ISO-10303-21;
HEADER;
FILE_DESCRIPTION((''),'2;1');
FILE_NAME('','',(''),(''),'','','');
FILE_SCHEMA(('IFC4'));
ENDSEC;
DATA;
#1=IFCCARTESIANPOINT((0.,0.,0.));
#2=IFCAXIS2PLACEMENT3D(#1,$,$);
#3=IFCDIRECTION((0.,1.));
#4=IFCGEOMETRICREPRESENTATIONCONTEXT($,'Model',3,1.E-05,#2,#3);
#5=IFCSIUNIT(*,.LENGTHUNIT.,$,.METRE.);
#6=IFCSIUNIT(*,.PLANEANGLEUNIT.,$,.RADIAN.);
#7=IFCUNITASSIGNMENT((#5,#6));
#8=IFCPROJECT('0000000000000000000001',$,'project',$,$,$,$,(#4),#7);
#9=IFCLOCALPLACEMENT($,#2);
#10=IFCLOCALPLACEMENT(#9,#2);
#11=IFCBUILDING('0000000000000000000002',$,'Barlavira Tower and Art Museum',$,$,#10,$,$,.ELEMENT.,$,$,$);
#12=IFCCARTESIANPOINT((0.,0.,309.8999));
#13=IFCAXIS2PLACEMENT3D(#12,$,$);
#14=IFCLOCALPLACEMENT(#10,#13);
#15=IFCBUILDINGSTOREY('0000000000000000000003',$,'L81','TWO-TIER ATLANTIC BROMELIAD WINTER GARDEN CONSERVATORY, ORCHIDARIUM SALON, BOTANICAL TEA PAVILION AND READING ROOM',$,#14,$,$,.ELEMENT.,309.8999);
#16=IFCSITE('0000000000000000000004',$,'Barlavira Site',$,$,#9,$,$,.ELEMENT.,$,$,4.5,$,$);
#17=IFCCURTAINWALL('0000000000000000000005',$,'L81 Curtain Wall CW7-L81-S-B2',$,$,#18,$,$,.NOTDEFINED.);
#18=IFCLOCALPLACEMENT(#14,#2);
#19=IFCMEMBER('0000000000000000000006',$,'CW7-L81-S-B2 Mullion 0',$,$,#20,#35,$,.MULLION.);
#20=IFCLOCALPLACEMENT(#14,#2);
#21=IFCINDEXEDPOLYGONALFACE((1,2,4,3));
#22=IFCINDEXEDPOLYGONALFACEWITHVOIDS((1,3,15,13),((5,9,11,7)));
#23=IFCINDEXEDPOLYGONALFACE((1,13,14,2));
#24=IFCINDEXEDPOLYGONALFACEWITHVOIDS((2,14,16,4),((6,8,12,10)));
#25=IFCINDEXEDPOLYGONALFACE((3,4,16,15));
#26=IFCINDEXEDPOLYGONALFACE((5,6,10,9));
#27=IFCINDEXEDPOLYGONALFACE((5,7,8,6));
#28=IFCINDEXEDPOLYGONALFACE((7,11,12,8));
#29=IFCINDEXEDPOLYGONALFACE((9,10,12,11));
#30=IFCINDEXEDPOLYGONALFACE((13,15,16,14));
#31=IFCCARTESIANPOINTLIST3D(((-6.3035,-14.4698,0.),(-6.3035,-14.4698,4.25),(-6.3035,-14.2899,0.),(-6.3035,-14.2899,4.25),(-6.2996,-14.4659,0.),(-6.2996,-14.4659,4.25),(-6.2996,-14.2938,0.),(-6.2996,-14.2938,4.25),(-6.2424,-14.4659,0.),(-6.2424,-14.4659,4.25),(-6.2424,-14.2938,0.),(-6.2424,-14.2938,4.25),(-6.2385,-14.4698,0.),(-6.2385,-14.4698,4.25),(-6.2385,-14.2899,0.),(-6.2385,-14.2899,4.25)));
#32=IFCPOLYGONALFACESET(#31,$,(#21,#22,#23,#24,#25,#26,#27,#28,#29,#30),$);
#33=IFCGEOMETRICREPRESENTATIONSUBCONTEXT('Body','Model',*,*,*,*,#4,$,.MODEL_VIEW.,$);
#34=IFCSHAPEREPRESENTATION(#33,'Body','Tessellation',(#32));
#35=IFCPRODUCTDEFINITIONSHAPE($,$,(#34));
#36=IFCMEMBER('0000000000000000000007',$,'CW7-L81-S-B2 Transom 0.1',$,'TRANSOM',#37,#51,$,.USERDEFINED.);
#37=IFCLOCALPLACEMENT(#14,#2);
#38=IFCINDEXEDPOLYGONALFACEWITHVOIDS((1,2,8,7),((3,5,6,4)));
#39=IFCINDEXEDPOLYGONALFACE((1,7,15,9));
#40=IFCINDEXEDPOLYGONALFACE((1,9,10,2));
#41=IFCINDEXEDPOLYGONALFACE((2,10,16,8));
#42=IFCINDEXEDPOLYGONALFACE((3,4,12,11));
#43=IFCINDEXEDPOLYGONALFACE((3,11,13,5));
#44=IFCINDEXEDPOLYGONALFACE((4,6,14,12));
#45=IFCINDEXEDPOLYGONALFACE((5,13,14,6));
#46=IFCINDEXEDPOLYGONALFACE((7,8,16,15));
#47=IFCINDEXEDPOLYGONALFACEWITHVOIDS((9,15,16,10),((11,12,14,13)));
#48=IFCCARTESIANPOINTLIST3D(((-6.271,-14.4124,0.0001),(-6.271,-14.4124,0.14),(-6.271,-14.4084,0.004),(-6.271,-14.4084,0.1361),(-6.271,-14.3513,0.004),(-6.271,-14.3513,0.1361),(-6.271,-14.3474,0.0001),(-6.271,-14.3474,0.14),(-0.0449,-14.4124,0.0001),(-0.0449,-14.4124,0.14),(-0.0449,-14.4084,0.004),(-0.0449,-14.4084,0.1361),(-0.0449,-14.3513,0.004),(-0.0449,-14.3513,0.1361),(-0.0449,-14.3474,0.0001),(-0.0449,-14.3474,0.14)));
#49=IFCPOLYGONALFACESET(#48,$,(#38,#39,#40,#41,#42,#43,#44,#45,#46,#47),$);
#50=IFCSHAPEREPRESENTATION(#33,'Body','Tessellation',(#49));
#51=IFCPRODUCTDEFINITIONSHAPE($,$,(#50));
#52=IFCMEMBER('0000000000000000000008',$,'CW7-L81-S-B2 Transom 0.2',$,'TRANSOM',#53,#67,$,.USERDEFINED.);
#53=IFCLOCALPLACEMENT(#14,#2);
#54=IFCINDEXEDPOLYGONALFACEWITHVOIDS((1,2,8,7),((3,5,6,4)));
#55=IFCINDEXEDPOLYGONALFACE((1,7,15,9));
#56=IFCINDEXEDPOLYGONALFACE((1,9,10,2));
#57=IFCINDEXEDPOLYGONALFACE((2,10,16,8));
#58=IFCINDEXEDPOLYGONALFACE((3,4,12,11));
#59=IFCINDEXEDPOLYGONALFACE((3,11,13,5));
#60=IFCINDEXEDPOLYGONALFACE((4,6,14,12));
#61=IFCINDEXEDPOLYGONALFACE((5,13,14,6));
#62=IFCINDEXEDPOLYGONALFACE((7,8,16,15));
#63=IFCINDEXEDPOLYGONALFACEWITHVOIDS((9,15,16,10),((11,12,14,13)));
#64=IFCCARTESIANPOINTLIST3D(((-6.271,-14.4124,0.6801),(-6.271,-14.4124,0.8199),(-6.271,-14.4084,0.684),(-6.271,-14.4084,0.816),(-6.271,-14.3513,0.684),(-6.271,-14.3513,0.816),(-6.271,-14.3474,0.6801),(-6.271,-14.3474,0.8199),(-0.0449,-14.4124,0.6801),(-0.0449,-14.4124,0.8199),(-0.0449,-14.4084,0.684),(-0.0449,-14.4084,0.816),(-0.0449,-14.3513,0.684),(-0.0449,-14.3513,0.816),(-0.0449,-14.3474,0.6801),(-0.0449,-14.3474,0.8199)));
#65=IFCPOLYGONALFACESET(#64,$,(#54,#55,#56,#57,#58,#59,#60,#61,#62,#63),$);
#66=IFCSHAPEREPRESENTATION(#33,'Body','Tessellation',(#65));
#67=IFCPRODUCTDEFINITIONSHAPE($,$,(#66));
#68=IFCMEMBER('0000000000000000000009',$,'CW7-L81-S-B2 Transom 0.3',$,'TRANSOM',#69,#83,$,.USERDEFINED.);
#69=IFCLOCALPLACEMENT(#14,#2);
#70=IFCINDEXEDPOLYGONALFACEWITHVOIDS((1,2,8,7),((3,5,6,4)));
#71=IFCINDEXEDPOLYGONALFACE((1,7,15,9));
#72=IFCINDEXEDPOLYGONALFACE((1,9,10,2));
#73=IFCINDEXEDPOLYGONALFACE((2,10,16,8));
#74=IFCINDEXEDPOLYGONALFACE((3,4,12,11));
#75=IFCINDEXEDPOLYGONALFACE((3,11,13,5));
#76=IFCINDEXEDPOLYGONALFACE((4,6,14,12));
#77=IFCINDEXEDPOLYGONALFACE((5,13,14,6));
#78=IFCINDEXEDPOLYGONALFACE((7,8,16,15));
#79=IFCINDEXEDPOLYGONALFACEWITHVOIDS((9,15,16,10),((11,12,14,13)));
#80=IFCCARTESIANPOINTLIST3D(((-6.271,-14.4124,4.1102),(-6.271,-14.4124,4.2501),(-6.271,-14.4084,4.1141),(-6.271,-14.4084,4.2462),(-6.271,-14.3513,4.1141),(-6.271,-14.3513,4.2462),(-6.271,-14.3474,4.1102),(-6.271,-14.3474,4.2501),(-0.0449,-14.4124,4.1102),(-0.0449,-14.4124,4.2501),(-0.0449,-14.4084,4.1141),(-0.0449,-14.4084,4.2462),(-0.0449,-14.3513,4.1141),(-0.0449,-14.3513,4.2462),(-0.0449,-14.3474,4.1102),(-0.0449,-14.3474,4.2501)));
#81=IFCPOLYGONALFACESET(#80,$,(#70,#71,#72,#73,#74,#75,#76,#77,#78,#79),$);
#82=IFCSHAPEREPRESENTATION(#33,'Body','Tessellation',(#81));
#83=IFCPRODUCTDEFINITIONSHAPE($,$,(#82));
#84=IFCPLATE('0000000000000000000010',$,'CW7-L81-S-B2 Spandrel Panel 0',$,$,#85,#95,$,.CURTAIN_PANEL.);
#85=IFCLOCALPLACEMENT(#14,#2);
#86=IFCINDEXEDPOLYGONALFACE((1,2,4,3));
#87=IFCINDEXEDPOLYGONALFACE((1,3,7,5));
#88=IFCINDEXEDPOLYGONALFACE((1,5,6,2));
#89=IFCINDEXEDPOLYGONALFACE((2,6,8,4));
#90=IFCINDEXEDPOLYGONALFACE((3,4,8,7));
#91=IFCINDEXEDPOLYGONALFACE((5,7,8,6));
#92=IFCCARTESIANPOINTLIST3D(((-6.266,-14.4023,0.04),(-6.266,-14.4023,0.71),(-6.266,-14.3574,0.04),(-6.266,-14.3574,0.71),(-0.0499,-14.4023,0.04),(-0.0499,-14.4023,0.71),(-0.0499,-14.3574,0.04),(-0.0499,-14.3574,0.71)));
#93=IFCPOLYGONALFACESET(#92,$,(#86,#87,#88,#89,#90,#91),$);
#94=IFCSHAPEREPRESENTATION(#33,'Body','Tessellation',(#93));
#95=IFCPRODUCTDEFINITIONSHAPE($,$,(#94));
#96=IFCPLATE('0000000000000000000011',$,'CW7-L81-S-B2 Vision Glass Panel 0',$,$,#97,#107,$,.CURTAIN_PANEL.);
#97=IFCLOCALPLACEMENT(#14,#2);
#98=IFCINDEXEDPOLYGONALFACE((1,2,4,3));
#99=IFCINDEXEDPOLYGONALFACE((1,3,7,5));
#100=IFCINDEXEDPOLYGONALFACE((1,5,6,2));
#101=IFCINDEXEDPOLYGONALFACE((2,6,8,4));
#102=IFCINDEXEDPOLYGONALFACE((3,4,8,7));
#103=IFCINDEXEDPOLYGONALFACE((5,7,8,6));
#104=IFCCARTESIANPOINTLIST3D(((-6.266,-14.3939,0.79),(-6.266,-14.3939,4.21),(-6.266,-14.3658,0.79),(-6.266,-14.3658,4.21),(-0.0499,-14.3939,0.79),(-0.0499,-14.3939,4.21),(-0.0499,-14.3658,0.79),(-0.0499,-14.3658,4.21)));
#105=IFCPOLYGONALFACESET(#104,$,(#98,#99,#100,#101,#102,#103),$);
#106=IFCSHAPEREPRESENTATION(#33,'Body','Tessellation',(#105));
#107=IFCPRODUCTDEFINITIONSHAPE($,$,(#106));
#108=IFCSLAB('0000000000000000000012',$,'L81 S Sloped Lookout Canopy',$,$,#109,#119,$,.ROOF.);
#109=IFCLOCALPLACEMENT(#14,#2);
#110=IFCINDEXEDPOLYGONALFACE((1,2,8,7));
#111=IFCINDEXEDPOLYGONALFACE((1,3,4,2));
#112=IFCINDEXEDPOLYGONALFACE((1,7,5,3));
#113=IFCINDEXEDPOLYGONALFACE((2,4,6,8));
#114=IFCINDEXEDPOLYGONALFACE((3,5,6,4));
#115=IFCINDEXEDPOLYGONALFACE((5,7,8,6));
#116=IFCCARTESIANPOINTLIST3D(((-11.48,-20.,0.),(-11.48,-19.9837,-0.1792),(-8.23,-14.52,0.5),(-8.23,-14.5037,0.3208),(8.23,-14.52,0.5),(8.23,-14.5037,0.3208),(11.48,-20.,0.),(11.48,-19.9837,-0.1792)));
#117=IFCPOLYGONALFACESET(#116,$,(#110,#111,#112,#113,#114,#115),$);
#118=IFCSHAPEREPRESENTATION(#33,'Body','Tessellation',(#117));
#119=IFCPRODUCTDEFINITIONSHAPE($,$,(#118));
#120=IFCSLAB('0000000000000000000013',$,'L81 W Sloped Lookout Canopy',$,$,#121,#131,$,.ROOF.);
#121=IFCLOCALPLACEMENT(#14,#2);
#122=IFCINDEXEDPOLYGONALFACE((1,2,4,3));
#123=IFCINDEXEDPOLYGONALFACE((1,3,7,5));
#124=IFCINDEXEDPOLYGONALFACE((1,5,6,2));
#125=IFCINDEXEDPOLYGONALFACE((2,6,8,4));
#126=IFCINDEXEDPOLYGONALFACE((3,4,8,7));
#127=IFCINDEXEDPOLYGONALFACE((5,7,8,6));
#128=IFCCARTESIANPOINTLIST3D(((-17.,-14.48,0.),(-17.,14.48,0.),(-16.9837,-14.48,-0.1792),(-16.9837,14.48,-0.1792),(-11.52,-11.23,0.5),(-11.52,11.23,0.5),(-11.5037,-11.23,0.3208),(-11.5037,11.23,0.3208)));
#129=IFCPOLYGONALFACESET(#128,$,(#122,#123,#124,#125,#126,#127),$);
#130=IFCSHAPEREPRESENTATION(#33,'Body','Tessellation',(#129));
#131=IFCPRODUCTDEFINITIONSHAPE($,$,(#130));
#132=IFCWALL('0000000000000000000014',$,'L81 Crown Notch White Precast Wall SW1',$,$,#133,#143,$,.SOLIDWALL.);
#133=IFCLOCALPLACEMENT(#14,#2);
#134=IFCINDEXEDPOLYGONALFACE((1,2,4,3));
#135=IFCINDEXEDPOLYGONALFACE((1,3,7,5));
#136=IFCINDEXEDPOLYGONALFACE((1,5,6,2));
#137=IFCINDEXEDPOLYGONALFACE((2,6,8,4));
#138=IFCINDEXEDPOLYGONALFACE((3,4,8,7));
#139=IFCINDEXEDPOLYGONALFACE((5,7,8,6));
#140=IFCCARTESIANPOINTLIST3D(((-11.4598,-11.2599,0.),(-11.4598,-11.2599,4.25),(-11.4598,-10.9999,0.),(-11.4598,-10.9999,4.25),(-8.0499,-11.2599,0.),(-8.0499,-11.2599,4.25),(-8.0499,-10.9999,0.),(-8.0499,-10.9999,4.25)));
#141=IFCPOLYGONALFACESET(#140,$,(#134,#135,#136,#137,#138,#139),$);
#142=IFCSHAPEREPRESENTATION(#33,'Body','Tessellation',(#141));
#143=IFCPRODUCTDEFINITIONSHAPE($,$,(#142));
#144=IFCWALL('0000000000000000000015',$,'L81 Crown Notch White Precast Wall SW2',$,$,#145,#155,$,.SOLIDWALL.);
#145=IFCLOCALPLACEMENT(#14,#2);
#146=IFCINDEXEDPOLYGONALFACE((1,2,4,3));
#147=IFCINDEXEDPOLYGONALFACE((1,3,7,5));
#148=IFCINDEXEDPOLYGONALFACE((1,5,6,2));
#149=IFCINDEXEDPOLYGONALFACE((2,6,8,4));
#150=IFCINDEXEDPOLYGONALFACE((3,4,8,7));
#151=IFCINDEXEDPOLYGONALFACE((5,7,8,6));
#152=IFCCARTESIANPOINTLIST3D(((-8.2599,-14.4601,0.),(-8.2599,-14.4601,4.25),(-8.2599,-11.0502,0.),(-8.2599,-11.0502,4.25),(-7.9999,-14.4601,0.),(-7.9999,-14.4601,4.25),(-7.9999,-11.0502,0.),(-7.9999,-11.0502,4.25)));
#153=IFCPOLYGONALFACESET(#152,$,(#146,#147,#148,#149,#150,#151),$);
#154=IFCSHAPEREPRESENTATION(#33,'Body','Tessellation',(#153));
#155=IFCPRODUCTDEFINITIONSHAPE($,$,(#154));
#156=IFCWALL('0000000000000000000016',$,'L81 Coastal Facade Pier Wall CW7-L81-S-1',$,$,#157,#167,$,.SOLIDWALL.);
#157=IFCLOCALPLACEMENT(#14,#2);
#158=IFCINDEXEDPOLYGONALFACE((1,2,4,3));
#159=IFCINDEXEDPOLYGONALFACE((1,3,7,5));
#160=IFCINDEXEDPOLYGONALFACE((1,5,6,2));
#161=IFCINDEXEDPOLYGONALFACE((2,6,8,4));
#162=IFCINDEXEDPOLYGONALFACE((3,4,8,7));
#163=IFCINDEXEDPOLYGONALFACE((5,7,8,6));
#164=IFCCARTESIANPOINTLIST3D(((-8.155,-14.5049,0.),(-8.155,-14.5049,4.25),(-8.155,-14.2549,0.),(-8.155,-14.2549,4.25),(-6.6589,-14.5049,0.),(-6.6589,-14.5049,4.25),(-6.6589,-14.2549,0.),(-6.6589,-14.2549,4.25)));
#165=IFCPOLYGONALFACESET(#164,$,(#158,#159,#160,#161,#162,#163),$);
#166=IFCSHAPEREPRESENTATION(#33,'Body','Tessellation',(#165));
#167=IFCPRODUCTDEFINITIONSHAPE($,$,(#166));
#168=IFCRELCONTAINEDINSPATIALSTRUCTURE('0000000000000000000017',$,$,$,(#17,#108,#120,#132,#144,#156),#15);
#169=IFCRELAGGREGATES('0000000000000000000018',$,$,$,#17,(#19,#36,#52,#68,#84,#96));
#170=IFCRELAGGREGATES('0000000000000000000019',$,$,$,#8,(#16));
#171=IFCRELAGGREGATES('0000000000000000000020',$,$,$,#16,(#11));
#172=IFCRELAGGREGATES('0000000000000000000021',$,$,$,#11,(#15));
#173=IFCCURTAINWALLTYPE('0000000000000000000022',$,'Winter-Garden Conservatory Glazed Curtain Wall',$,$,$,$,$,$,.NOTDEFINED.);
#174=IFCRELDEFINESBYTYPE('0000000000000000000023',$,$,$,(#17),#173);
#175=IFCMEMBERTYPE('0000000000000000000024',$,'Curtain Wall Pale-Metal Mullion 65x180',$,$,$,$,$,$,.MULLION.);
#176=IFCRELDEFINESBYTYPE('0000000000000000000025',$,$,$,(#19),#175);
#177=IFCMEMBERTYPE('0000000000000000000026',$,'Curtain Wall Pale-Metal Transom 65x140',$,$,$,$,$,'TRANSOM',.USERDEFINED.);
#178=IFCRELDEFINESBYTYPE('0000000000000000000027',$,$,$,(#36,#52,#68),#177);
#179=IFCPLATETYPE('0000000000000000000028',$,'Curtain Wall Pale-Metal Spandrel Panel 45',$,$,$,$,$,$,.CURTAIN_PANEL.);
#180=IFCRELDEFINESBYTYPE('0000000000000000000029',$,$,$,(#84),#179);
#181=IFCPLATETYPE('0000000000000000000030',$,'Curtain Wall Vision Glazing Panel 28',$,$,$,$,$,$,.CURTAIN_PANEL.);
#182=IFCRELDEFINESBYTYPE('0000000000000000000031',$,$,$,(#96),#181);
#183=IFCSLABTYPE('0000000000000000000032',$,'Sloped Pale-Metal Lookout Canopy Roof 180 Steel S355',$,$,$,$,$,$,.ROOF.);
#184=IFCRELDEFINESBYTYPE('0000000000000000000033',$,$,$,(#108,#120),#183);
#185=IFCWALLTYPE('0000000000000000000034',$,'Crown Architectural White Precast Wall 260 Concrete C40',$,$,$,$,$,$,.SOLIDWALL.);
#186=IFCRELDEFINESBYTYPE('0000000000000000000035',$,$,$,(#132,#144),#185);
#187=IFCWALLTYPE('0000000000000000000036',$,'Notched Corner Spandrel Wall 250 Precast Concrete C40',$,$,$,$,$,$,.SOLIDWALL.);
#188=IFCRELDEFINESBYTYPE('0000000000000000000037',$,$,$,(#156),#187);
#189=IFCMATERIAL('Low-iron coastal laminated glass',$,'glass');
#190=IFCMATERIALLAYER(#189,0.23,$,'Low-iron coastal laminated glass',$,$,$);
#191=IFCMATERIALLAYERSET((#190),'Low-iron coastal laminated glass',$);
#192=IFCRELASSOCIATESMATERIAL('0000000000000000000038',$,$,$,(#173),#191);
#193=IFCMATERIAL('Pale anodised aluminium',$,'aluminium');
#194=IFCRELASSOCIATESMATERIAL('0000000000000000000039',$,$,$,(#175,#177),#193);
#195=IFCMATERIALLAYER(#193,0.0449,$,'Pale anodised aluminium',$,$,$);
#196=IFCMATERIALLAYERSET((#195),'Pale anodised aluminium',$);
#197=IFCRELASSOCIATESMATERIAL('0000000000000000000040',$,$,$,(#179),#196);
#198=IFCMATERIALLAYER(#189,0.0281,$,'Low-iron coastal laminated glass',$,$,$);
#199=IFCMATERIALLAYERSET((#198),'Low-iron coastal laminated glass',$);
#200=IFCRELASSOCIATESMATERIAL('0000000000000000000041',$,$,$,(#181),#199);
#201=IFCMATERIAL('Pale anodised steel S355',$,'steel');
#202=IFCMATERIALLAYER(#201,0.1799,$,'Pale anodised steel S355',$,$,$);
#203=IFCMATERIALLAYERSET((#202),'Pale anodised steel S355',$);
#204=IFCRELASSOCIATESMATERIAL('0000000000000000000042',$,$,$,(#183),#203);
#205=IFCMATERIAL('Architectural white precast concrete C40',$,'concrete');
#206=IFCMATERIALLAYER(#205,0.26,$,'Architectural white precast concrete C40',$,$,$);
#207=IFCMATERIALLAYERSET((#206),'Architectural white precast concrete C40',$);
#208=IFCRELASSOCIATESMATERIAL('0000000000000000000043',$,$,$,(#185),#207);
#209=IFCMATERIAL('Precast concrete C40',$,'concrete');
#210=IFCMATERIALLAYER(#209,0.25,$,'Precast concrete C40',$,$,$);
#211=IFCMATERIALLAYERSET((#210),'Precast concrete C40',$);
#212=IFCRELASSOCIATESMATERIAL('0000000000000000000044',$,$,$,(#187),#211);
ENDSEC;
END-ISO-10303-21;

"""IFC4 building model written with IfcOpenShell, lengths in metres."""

from ifc_helpers import new_model, si_unit, direction, frame, frame_2d, origin, origin_2d, place, context, subcontext, project, spatial, polyline, rectangle, hollow_rectangle, outline, extrude, material, layer, layer_set, material_profile, profile_set, type_object, element, aggregate, save


model = new_model("IFC4")

# Units and contexts
model_context = context("Model", 3, precision=1e-05, world=origin(), true_north=direction((0.0, 1.0)))
body_context = subcontext(model_context, "Body", "Model", "MODEL_VIEW")
ifc_project = project(units=[si_unit("LENGTHUNIT", "METRE"), si_unit("PLANEANGLEUNIT", "RADIAN")], contexts=[model_context])

# Site, building, storey
site_placement = place(None, origin())
site = spatial("IfcSite", under=ifc_project, at=site_placement, Name="Barlavira Site", CompositionType="ELEMENT", RefElevation=4.5)
building_placement = place(site_placement, origin())
building = spatial("IfcBuilding", under=site, at=building_placement, Name="Barlavira Tower and Art Museum", CompositionType="ELEMENT")
storey_placement = place(building_placement, frame((0.0, 0.0, 309.8999)))
storey = spatial("IfcBuildingStorey", under=building, at=storey_placement, Name="L81", Description="TWO-TIER ATLANTIC BROMELIAD WINTER GARDEN CONSERVATORY, ORCHIDARIUM SALON, BOTANICAL TEA PAVILION AND READING ROOM", CompositionType="ELEMENT", Elevation=309.8999)

# Curtain wall, members, plates
ifc_material_1 = material(Name="Low-iron coastal laminated glass", Category="glass")
ifc_layer_1 = layer(ifc_material_1, 0.23, Name="Low-iron coastal laminated glass")
ifc_layer_set_1 = layer_set([ifc_layer_1], Name="Low-iron coastal laminated glass")
curtain_wall_type = type_object("IfcCurtainWallType", Name="Winter-Garden Conservatory Glazed Curtain Wall", PredefinedType="NOTDEFINED", material=ifc_layer_set_1)
curtain_wall_placement = place(storey_placement, origin())
curtain_wall = element("IfcCurtainWall", 1, at=curtain_wall_placement, inside=storey, type_object=curtain_wall_type, Name="L81 Curtain Wall CW7-L81-S-B2", PredefinedType="NOTDEFINED")
ifc_material_2 = material(Name="Pale anodised aluminium", Category="aluminium")
ifc_material_profile_1 = material_profile(ifc_material_2, hollow_rectangle(XDim=0.0649, YDim=0.1799, WallThickness=0.0039, at=origin_2d()), Name="ALU-MULL 65x180x4")
ifc_profile_set_1 = profile_set([ifc_material_profile_1], Name="Pale anodised aluminium")
member_type_1 = type_object("IfcMemberType", Name="Curtain Wall Pale-Metal Mullion 65x180", PredefinedType="MULLION", material=ifc_profile_set_1)
member_1_placement = place(storey_placement, frame((-6.271, -14.3799, 0.0), z_axis=(0.0, 0.0, 1.0), x_axis=(1.0, 0.0, 0.0)))
member_1 = element("IfcMember", 2, at=member_1_placement, type_object=member_type_1, Name="CW7-L81-S-B2 Mullion 0", PredefinedType="MULLION", context=body_context, shape_type="SweptSolid", body=[
    extrude(hollow_rectangle(XDim=0.0649, YDim=0.1799, WallThickness=0.0039, at=origin_2d()), origin(), (0.0, 0.0, 1.0), 4.25),
])
ifc_material_profile_2 = material_profile(ifc_material_2, hollow_rectangle(XDim=0.0649, YDim=0.1399, WallThickness=0.0039, at=origin_2d()), Name="ALU-TRAN 65x140x4")
ifc_profile_set_2 = profile_set([ifc_material_profile_2], Name="Pale anodised aluminium")
member_type_2 = type_object("IfcMemberType", Name="Curtain Wall Pale-Metal Transom 65x140", ElementType="TRANSOM", PredefinedType="USERDEFINED", material=ifc_profile_set_2)
member_2_placement = place(storey_placement, frame((-6.271, -14.3799, 0.0701), z_axis=(1.0, 0.0, 0.0), x_axis=(0.0, 1.0, 0.0)))
member_2 = element("IfcMember", 3, at=member_2_placement, type_object=member_type_2, Name="CW7-L81-S-B2 Transom 0.1", ObjectType="TRANSOM", PredefinedType="USERDEFINED", context=body_context, shape_type="SweptSolid", body=[
    extrude(hollow_rectangle(XDim=0.0649, YDim=0.1399, WallThickness=0.0039, at=origin_2d()), origin(), (0.0, 0.0, 1.0), 6.2261),
])
member_3_placement = place(storey_placement, frame((-6.271, -14.3799, 0.75), z_axis=(1.0, 0.0, 0.0), x_axis=(0.0, 1.0, 0.0)))
member_3 = element("IfcMember", 4, at=member_3_placement, type_object=member_type_2, Name="CW7-L81-S-B2 Transom 0.2", ObjectType="TRANSOM", PredefinedType="USERDEFINED", context=body_context, shape_type="SweptSolid", body=[
    extrude(hollow_rectangle(XDim=0.0649, YDim=0.1399, WallThickness=0.0039, at=origin_2d()), origin(), (0.0, 0.0, 1.0), 6.2261),
])
member_4_placement = place(storey_placement, frame((-6.271, -14.3799, 4.1802), z_axis=(1.0, 0.0, 0.0), x_axis=(0.0, 1.0, 0.0)))
member_4 = element("IfcMember", 5, at=member_4_placement, type_object=member_type_2, Name="CW7-L81-S-B2 Transom 0.3", ObjectType="TRANSOM", PredefinedType="USERDEFINED", context=body_context, shape_type="SweptSolid", body=[
    extrude(hollow_rectangle(XDim=0.0649, YDim=0.1399, WallThickness=0.0039, at=origin_2d()), origin(), (0.0, 0.0, 1.0), 6.2261),
])
ifc_layer_2 = layer(ifc_material_2, 0.0449, Name="Pale anodised aluminium")
ifc_layer_set_2 = layer_set([ifc_layer_2], Name="Pale anodised aluminium")
plate_type_1 = type_object("IfcPlateType", Name="Curtain Wall Pale-Metal Spandrel Panel 45", PredefinedType="CURTAIN_PANEL", material=ifc_layer_set_2)
plate_1_placement = place(storey_placement, frame((-3.158, -14.3799, 0.04), z_axis=(0.0, 0.0, 1.0), x_axis=(1.0, 0.0, 0.0)))
plate_1 = element("IfcPlate", 6, at=plate_1_placement, type_object=plate_type_1, Name="CW7-L81-S-B2 Spandrel Panel 0", PredefinedType="CURTAIN_PANEL", context=body_context, shape_type="SweptSolid", body=[
    extrude(rectangle(XDim=6.2161, YDim=0.0449, at=origin_2d()), origin(), (0.0, 0.0, 1.0), 0.6699),
])
ifc_layer_3 = layer(ifc_material_1, 0.0281, Name="Low-iron coastal laminated glass")
ifc_layer_set_3 = layer_set([ifc_layer_3], Name="Low-iron coastal laminated glass")
plate_type_2 = type_object("IfcPlateType", Name="Curtain Wall Vision Glazing Panel 28", PredefinedType="CURTAIN_PANEL", material=ifc_layer_set_3)
plate_2_placement = place(storey_placement, frame((-3.158, -14.3799, 0.79), z_axis=(0.0, 0.0, 1.0), x_axis=(1.0, 0.0, 0.0)))
plate_2 = element("IfcPlate", 7, at=plate_2_placement, type_object=plate_type_2, Name="CW7-L81-S-B2 Vision Glass Panel 0", PredefinedType="CURTAIN_PANEL", context=body_context, shape_type="SweptSolid", body=[
    extrude(rectangle(XDim=6.2161, YDim=0.0281, at=origin_2d()), origin(), (0.0, 0.0, 1.0), 3.4199),
])
aggregate(curtain_wall, [member_1, member_2, member_3, member_4, plate_1, plate_2])

# Slabs
ifc_material_3 = material(Name="Pale anodised steel S355", Category="steel")
ifc_layer_4 = layer(ifc_material_3, 0.1799, Name="Pale anodised steel S355")
ifc_layer_set_4 = layer_set([ifc_layer_4], Name="Pale anodised steel S355")
slab_type = type_object("IfcSlabType", Name="Sloped Pale-Metal Lookout Canopy Roof 180 Steel S355", PredefinedType="ROOF", material=ifc_layer_set_4)
slab_1_placement = place(storey_placement, frame((-8.23, -14.52, 0.5), z_axis=(0.0, -0.090864, 0.995863), x_axis=(1.0, 0.0, 0.0)))
element("IfcSlab", 8, at=slab_1_placement, inside=storey, type_object=slab_type, Name="L81 S Sloped Lookout Canopy", PredefinedType="ROOF", context=body_context, shape_type="SweptSolid", body=[
    extrude(outline(polyline([(0.0, 0.0), (16.46, 0.0), (19.71, -5.5027), (-3.25, -5.5027), (0.0, 0.0)])), origin(), (0.0, 0.0, -1.0), 0.1799),
])
slab_2_placement = place(storey_placement, frame((-17.0, -14.48, 0.0), z_axis=(-0.090864, 0.0, 0.995863), x_axis=(0.857476, 0.508541, 0.078237)))
element("IfcSlab", 9, at=slab_2_placement, inside=storey, type_object=slab_type, Name="L81 W Sloped Lookout Canopy", PredefinedType="ROOF", context=body_context, shape_type="SweptSolid", body=[
    extrude(outline(polyline([(0.0, 0.0), (6.3908, 0.0), (17.8126, 19.3389), (14.7273, 24.9356), (0.0, 0.0)])), origin(), (0.0, 0.0, -1.0), 0.1799),
])

# Walls
ifc_material_4 = material(Name="Architectural white precast concrete C40", Category="concrete")
ifc_layer_5 = layer(ifc_material_4, 0.26, Name="Architectural white precast concrete C40")
ifc_layer_set_5 = layer_set([ifc_layer_5], Name="Architectural white precast concrete C40")
wall_type_1 = type_object("IfcWallType", Name="Crown Architectural White Precast Wall 260 Concrete C40", PredefinedType="SOLIDWALL", material=ifc_layer_set_5)
for number, where, z_axis, x_axis, name in (
    (10, (-11.46, -11.1299, 0.0), (0.0, 0.0, 1.0), (1.0, 0.0, 0.0), "L81 Crown Notch White Precast Wall SW1"),
    (11, (-8.1299, -11.05, 0.0), (0.0, 0.0, 1.0), (0.0, -1.0, 0.0), "L81 Crown Notch White Precast Wall SW2"),
):
    element("IfcWall", number, at=place(storey_placement, frame(where, z_axis=z_axis, x_axis=x_axis)), inside=storey, type_object=wall_type_1, Name=name, PredefinedType="SOLIDWALL", context=body_context, shape_type="SweptSolid", body=[
        extrude(rectangle(XDim=3.4099, YDim=0.26, at=frame_2d((1.7051, 0.0))), origin(), (0.0, 0.0, 1.0), 4.25),
    ])
ifc_material_5 = material(Name="Precast concrete C40", Category="concrete")
ifc_layer_6 = layer(ifc_material_5, 0.25, Name="Precast concrete C40")
ifc_layer_set_6 = layer_set([ifc_layer_6], Name="Precast concrete C40")
wall_type_2 = type_object("IfcWallType", Name="Notched Corner Spandrel Wall 250 Precast Concrete C40", PredefinedType="SOLIDWALL", material=ifc_layer_set_6)
wall_placement = place(storey_placement, frame((-8.155, -14.3799, 0.0), z_axis=(0.0, 0.0, 1.0), x_axis=(1.0, 0.0, 0.0)))
element("IfcWall", 12, at=wall_placement, inside=storey, type_object=wall_type_2, Name="L81 Coastal Facade Pier Wall CW7-L81-S-1", PredefinedType="SOLIDWALL", context=body_context, shape_type="SweptSolid", body=[
    extrude(rectangle(XDim=1.4961, YDim=0.25, at=frame_2d((0.748, 0.0))), origin(), (0.0, 0.0, 1.0), 4.25),
])

save(model, "model.ifc")
